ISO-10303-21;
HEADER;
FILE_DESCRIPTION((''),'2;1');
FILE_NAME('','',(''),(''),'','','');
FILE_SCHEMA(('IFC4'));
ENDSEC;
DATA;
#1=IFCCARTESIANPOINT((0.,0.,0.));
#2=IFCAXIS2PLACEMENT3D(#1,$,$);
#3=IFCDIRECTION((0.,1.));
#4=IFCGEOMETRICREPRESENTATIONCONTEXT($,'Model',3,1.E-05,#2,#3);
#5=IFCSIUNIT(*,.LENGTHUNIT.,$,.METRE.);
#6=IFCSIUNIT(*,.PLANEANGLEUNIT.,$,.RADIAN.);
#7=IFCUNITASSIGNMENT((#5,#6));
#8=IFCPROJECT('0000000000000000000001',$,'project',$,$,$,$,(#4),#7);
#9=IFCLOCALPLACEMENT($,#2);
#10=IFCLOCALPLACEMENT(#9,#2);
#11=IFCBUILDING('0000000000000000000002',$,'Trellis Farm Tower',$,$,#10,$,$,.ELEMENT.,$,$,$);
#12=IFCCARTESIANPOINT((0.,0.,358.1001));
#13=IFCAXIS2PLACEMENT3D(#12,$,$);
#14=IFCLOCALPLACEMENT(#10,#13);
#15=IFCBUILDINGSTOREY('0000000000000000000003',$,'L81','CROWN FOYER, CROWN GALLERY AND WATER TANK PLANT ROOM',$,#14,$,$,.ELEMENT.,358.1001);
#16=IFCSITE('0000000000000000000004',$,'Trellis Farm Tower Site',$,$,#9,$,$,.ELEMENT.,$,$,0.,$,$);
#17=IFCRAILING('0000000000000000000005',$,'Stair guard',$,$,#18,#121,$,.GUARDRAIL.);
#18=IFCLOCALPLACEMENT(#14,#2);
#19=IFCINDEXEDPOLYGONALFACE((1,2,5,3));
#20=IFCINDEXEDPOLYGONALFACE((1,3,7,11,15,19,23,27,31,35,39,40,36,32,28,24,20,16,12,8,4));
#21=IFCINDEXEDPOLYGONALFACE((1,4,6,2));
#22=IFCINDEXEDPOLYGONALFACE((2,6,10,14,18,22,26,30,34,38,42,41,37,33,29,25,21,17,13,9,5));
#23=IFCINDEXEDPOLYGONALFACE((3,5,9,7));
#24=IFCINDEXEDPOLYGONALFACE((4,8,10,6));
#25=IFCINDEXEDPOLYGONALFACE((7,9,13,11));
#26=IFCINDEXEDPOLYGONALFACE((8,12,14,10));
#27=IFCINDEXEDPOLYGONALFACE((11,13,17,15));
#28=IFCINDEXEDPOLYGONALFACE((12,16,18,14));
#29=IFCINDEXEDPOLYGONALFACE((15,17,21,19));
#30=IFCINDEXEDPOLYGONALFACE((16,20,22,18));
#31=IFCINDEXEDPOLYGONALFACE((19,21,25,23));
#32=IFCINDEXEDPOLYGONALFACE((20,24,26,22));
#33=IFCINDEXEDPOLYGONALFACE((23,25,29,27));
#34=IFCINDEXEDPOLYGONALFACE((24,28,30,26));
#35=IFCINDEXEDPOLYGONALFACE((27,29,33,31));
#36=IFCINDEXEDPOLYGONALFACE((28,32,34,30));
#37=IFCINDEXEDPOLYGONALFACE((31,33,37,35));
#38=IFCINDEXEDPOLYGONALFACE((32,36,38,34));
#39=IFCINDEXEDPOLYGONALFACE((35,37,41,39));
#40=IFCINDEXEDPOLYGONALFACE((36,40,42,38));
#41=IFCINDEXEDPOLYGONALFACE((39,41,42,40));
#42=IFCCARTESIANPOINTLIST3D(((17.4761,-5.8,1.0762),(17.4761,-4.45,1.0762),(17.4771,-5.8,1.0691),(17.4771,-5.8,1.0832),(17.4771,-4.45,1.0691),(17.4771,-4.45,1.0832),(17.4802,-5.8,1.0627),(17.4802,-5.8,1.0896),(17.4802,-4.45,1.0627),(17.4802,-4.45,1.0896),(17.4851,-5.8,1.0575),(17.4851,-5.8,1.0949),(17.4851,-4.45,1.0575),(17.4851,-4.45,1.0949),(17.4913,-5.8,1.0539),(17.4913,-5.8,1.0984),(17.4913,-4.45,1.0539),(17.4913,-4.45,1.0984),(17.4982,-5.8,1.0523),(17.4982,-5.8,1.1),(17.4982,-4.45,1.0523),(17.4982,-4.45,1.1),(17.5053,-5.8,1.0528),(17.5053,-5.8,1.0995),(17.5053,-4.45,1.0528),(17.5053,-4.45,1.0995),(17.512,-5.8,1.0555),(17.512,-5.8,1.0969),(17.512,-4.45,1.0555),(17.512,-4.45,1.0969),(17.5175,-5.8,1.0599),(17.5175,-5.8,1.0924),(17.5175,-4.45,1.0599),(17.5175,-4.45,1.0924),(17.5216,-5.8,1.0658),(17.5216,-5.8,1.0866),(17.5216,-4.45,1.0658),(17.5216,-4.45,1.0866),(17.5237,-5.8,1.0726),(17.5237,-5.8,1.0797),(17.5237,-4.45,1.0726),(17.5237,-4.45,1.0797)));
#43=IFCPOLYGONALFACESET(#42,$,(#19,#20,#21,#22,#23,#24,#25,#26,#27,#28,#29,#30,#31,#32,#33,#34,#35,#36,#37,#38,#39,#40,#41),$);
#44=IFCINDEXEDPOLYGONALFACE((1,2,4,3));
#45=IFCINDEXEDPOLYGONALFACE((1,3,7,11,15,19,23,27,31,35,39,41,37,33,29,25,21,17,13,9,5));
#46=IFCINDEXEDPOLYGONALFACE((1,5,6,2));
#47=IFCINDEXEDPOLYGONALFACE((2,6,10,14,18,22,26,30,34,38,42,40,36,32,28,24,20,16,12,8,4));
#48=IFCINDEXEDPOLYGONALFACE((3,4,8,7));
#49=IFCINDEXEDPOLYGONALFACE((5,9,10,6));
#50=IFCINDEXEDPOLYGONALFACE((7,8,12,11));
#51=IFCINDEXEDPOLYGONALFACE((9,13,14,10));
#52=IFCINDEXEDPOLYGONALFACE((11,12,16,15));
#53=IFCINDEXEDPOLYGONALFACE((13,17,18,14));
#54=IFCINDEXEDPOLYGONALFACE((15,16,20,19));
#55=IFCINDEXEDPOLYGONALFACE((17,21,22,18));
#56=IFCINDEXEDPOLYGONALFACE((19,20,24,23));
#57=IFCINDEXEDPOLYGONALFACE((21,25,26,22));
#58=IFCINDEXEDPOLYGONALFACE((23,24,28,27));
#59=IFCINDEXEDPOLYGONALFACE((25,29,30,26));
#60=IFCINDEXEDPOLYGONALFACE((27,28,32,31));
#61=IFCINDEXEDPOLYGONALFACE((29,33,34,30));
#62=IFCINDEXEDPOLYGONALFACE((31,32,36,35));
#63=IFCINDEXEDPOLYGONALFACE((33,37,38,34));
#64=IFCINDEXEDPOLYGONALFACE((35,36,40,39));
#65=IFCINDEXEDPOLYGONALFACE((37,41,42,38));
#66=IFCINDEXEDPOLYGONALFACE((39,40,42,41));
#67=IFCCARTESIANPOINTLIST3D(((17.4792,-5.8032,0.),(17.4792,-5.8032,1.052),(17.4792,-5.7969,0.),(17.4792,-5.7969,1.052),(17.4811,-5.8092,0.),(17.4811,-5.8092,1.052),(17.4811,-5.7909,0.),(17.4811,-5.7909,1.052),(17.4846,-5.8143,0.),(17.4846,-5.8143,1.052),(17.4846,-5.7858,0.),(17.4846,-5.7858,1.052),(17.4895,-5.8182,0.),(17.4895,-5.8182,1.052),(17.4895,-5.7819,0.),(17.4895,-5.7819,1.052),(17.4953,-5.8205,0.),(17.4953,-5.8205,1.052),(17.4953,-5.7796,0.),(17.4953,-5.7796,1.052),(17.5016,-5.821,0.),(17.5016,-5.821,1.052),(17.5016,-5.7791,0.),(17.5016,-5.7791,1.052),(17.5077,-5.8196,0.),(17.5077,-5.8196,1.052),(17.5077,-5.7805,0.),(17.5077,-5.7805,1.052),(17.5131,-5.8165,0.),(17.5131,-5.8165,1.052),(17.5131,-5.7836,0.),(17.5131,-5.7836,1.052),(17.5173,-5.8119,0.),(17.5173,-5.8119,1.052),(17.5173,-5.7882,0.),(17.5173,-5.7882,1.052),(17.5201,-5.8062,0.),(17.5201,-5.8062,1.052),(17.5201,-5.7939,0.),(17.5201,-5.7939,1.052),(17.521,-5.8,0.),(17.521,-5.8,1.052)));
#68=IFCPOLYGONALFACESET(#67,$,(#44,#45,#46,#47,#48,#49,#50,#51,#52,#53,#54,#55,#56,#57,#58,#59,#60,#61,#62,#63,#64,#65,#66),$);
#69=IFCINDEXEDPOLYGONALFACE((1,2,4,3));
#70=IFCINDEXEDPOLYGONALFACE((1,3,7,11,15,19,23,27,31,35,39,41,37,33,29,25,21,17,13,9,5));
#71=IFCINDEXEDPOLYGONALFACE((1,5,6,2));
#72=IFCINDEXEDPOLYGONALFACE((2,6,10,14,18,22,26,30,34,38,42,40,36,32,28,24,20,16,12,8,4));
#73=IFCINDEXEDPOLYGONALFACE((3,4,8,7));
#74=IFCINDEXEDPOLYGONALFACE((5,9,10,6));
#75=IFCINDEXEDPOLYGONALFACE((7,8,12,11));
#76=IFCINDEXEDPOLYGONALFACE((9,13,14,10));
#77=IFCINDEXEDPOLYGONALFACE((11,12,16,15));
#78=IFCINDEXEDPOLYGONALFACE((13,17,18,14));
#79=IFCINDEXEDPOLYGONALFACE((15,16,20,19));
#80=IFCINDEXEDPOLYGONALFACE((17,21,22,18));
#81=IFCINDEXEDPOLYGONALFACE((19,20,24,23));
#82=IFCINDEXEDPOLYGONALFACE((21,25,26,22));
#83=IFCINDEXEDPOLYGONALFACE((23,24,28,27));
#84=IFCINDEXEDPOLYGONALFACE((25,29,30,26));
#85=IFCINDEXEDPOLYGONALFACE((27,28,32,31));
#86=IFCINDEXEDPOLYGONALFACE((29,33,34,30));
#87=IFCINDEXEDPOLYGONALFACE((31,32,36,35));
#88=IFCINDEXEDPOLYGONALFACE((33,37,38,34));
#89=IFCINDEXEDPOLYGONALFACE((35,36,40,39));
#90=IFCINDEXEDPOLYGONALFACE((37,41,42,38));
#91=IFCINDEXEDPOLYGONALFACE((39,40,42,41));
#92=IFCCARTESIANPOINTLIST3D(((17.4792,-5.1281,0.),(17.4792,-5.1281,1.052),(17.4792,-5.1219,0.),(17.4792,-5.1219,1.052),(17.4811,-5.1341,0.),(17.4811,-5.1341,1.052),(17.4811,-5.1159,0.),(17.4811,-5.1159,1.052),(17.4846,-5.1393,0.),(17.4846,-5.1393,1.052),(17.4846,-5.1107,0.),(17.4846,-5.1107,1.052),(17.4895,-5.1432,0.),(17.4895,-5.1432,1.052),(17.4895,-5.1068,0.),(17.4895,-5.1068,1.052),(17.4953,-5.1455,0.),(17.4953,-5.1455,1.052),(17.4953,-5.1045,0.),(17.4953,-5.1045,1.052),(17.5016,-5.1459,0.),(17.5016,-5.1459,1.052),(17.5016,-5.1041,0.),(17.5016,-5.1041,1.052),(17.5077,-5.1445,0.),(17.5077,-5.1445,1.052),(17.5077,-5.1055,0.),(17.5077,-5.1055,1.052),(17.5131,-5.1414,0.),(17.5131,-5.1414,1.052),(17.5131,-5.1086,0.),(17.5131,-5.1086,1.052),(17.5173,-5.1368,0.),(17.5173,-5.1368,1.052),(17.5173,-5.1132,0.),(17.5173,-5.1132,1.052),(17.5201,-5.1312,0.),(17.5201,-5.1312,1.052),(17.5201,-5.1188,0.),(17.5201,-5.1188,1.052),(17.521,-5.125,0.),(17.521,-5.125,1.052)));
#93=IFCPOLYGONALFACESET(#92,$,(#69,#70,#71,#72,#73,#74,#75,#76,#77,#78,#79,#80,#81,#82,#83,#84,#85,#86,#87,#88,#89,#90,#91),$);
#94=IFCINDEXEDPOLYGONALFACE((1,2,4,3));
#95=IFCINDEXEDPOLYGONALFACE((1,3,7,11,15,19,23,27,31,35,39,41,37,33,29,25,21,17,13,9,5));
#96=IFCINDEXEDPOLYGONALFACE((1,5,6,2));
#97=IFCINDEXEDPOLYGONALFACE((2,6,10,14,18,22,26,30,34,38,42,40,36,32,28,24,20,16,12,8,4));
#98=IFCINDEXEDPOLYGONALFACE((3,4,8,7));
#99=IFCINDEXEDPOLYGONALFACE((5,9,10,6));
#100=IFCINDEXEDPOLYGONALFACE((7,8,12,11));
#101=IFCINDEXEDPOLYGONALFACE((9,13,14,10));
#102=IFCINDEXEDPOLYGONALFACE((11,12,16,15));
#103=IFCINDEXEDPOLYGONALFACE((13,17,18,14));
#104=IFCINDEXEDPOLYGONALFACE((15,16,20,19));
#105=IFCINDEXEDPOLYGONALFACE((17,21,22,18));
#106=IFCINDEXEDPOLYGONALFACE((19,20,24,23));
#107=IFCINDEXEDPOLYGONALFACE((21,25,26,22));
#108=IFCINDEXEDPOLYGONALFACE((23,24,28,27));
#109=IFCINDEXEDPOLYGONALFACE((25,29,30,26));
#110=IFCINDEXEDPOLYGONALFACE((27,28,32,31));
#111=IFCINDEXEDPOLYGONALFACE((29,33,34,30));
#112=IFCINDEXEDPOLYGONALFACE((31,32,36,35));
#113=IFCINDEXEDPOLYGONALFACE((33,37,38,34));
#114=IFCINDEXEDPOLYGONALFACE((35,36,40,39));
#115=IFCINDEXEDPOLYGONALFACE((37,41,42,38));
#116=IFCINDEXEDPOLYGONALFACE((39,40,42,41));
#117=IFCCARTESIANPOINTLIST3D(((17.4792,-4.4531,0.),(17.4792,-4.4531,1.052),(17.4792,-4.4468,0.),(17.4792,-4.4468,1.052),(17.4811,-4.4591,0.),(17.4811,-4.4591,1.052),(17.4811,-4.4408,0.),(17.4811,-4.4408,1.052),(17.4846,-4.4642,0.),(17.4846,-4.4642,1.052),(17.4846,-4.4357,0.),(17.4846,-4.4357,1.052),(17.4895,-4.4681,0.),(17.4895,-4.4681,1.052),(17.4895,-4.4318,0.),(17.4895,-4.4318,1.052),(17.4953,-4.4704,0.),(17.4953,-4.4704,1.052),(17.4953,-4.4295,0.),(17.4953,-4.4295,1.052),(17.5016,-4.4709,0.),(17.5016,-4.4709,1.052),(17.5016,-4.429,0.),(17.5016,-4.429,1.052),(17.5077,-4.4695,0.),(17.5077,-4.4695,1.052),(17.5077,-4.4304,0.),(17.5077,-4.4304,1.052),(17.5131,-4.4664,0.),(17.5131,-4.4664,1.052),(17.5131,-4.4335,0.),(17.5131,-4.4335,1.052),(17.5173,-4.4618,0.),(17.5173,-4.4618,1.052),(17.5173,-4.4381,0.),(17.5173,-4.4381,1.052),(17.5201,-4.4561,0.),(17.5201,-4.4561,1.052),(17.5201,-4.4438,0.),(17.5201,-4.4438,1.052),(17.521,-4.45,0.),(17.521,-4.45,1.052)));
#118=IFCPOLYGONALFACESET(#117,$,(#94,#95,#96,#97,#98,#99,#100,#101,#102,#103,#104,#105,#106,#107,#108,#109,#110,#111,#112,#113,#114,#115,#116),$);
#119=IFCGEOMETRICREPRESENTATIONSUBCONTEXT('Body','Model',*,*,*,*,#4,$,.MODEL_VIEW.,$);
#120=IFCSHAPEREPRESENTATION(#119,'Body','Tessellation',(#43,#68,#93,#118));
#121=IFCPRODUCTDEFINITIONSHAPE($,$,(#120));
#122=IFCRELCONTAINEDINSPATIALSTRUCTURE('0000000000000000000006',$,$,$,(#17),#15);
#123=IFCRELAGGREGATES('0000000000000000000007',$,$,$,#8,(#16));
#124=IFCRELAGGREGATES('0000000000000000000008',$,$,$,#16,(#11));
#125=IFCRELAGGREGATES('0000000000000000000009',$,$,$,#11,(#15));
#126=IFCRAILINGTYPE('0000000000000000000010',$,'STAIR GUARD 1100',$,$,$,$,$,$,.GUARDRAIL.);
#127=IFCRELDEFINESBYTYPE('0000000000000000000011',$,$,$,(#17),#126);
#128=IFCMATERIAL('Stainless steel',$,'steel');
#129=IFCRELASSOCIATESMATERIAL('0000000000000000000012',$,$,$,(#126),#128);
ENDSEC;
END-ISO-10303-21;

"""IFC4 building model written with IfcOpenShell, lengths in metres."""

from ifc_helpers import new_model, si_unit, direction, frame, origin, origin_2d, place, context, subcontext, project, spatial, circle, extrude, source, transform, mapped, material, type_object, element, save


model = new_model("IFC4")

# Units and contexts
model_context = context("Model", 3, precision=1e-05, world=origin(), true_north=direction((0.0, 1.0)))
body_context = subcontext(model_context, "Body", "Model", "MODEL_VIEW")
ifc_project = project(units=[si_unit("LENGTHUNIT", "METRE"), si_unit("PLANEANGLEUNIT", "RADIAN")], contexts=[model_context])

# Site, building, storey
site_placement = place(None, origin())
site = spatial("IfcSite", under=ifc_project, at=site_placement, Name="Trellis Farm Tower Site", CompositionType="ELEMENT", RefElevation=0.0)
building_placement = place(site_placement, origin())
building = spatial("IfcBuilding", under=site, at=building_placement, Name="Trellis Farm Tower", CompositionType="ELEMENT")
storey_placement = place(building_placement, frame((0.0, 0.0, 358.1001)))
storey = spatial("IfcBuildingStorey", under=building, at=storey_placement, Name="L81", Description="CROWN FOYER, CROWN GALLERY AND WATER TANK PLANT ROOM", CompositionType="ELEMENT", Elevation=358.1001)

# Railing
ifc_material_1 = material(Name="Stainless steel", Category="steel")
railing_type = type_object("IfcRailingType", Name="STAIR GUARD 1100", PredefinedType="GUARDRAIL", material=ifc_material_1)
shared_shape_1 = source(origin(), body_context, "Body", "SweptSolid", [
    extrude(circle(Radius=0.0239, at=origin_2d()), frame((0.0, 0.0, 1.0762), z_axis=(0.0, 1.0, 0.0), x_axis=(-1.0, 0.0, 0.0)), (0.0, 0.0, 1.0), 1.3501),
    extrude(circle(Radius=0.021, at=origin_2d()), origin(), (0.0, 0.0, 1.0), 1.052),
    extrude(circle(Radius=0.021, at=origin_2d()), frame((0.0, 0.675, 0.0)), (0.0, 0.0, 1.0), 1.052),
    extrude(circle(Radius=0.021, at=origin_2d()), frame((0.0, 1.3501, 0.0)), (0.0, 0.0, 1.0), 1.052),
])
for number, where, name in (
    (1, (17.5, -5.8, 0.0), "Stair guard"),
):
    element("IfcRailing", number, at=place(storey_placement, frame(where)), inside=storey, type_object=railing_type, Name=name, PredefinedType="GUARDRAIL", context=body_context, shape_type="MappedRepresentation", body=[
        mapped(shared_shape_1, transform((0.0, 0.0, 0.0))),
    ])

save(model, "model.ifc")
